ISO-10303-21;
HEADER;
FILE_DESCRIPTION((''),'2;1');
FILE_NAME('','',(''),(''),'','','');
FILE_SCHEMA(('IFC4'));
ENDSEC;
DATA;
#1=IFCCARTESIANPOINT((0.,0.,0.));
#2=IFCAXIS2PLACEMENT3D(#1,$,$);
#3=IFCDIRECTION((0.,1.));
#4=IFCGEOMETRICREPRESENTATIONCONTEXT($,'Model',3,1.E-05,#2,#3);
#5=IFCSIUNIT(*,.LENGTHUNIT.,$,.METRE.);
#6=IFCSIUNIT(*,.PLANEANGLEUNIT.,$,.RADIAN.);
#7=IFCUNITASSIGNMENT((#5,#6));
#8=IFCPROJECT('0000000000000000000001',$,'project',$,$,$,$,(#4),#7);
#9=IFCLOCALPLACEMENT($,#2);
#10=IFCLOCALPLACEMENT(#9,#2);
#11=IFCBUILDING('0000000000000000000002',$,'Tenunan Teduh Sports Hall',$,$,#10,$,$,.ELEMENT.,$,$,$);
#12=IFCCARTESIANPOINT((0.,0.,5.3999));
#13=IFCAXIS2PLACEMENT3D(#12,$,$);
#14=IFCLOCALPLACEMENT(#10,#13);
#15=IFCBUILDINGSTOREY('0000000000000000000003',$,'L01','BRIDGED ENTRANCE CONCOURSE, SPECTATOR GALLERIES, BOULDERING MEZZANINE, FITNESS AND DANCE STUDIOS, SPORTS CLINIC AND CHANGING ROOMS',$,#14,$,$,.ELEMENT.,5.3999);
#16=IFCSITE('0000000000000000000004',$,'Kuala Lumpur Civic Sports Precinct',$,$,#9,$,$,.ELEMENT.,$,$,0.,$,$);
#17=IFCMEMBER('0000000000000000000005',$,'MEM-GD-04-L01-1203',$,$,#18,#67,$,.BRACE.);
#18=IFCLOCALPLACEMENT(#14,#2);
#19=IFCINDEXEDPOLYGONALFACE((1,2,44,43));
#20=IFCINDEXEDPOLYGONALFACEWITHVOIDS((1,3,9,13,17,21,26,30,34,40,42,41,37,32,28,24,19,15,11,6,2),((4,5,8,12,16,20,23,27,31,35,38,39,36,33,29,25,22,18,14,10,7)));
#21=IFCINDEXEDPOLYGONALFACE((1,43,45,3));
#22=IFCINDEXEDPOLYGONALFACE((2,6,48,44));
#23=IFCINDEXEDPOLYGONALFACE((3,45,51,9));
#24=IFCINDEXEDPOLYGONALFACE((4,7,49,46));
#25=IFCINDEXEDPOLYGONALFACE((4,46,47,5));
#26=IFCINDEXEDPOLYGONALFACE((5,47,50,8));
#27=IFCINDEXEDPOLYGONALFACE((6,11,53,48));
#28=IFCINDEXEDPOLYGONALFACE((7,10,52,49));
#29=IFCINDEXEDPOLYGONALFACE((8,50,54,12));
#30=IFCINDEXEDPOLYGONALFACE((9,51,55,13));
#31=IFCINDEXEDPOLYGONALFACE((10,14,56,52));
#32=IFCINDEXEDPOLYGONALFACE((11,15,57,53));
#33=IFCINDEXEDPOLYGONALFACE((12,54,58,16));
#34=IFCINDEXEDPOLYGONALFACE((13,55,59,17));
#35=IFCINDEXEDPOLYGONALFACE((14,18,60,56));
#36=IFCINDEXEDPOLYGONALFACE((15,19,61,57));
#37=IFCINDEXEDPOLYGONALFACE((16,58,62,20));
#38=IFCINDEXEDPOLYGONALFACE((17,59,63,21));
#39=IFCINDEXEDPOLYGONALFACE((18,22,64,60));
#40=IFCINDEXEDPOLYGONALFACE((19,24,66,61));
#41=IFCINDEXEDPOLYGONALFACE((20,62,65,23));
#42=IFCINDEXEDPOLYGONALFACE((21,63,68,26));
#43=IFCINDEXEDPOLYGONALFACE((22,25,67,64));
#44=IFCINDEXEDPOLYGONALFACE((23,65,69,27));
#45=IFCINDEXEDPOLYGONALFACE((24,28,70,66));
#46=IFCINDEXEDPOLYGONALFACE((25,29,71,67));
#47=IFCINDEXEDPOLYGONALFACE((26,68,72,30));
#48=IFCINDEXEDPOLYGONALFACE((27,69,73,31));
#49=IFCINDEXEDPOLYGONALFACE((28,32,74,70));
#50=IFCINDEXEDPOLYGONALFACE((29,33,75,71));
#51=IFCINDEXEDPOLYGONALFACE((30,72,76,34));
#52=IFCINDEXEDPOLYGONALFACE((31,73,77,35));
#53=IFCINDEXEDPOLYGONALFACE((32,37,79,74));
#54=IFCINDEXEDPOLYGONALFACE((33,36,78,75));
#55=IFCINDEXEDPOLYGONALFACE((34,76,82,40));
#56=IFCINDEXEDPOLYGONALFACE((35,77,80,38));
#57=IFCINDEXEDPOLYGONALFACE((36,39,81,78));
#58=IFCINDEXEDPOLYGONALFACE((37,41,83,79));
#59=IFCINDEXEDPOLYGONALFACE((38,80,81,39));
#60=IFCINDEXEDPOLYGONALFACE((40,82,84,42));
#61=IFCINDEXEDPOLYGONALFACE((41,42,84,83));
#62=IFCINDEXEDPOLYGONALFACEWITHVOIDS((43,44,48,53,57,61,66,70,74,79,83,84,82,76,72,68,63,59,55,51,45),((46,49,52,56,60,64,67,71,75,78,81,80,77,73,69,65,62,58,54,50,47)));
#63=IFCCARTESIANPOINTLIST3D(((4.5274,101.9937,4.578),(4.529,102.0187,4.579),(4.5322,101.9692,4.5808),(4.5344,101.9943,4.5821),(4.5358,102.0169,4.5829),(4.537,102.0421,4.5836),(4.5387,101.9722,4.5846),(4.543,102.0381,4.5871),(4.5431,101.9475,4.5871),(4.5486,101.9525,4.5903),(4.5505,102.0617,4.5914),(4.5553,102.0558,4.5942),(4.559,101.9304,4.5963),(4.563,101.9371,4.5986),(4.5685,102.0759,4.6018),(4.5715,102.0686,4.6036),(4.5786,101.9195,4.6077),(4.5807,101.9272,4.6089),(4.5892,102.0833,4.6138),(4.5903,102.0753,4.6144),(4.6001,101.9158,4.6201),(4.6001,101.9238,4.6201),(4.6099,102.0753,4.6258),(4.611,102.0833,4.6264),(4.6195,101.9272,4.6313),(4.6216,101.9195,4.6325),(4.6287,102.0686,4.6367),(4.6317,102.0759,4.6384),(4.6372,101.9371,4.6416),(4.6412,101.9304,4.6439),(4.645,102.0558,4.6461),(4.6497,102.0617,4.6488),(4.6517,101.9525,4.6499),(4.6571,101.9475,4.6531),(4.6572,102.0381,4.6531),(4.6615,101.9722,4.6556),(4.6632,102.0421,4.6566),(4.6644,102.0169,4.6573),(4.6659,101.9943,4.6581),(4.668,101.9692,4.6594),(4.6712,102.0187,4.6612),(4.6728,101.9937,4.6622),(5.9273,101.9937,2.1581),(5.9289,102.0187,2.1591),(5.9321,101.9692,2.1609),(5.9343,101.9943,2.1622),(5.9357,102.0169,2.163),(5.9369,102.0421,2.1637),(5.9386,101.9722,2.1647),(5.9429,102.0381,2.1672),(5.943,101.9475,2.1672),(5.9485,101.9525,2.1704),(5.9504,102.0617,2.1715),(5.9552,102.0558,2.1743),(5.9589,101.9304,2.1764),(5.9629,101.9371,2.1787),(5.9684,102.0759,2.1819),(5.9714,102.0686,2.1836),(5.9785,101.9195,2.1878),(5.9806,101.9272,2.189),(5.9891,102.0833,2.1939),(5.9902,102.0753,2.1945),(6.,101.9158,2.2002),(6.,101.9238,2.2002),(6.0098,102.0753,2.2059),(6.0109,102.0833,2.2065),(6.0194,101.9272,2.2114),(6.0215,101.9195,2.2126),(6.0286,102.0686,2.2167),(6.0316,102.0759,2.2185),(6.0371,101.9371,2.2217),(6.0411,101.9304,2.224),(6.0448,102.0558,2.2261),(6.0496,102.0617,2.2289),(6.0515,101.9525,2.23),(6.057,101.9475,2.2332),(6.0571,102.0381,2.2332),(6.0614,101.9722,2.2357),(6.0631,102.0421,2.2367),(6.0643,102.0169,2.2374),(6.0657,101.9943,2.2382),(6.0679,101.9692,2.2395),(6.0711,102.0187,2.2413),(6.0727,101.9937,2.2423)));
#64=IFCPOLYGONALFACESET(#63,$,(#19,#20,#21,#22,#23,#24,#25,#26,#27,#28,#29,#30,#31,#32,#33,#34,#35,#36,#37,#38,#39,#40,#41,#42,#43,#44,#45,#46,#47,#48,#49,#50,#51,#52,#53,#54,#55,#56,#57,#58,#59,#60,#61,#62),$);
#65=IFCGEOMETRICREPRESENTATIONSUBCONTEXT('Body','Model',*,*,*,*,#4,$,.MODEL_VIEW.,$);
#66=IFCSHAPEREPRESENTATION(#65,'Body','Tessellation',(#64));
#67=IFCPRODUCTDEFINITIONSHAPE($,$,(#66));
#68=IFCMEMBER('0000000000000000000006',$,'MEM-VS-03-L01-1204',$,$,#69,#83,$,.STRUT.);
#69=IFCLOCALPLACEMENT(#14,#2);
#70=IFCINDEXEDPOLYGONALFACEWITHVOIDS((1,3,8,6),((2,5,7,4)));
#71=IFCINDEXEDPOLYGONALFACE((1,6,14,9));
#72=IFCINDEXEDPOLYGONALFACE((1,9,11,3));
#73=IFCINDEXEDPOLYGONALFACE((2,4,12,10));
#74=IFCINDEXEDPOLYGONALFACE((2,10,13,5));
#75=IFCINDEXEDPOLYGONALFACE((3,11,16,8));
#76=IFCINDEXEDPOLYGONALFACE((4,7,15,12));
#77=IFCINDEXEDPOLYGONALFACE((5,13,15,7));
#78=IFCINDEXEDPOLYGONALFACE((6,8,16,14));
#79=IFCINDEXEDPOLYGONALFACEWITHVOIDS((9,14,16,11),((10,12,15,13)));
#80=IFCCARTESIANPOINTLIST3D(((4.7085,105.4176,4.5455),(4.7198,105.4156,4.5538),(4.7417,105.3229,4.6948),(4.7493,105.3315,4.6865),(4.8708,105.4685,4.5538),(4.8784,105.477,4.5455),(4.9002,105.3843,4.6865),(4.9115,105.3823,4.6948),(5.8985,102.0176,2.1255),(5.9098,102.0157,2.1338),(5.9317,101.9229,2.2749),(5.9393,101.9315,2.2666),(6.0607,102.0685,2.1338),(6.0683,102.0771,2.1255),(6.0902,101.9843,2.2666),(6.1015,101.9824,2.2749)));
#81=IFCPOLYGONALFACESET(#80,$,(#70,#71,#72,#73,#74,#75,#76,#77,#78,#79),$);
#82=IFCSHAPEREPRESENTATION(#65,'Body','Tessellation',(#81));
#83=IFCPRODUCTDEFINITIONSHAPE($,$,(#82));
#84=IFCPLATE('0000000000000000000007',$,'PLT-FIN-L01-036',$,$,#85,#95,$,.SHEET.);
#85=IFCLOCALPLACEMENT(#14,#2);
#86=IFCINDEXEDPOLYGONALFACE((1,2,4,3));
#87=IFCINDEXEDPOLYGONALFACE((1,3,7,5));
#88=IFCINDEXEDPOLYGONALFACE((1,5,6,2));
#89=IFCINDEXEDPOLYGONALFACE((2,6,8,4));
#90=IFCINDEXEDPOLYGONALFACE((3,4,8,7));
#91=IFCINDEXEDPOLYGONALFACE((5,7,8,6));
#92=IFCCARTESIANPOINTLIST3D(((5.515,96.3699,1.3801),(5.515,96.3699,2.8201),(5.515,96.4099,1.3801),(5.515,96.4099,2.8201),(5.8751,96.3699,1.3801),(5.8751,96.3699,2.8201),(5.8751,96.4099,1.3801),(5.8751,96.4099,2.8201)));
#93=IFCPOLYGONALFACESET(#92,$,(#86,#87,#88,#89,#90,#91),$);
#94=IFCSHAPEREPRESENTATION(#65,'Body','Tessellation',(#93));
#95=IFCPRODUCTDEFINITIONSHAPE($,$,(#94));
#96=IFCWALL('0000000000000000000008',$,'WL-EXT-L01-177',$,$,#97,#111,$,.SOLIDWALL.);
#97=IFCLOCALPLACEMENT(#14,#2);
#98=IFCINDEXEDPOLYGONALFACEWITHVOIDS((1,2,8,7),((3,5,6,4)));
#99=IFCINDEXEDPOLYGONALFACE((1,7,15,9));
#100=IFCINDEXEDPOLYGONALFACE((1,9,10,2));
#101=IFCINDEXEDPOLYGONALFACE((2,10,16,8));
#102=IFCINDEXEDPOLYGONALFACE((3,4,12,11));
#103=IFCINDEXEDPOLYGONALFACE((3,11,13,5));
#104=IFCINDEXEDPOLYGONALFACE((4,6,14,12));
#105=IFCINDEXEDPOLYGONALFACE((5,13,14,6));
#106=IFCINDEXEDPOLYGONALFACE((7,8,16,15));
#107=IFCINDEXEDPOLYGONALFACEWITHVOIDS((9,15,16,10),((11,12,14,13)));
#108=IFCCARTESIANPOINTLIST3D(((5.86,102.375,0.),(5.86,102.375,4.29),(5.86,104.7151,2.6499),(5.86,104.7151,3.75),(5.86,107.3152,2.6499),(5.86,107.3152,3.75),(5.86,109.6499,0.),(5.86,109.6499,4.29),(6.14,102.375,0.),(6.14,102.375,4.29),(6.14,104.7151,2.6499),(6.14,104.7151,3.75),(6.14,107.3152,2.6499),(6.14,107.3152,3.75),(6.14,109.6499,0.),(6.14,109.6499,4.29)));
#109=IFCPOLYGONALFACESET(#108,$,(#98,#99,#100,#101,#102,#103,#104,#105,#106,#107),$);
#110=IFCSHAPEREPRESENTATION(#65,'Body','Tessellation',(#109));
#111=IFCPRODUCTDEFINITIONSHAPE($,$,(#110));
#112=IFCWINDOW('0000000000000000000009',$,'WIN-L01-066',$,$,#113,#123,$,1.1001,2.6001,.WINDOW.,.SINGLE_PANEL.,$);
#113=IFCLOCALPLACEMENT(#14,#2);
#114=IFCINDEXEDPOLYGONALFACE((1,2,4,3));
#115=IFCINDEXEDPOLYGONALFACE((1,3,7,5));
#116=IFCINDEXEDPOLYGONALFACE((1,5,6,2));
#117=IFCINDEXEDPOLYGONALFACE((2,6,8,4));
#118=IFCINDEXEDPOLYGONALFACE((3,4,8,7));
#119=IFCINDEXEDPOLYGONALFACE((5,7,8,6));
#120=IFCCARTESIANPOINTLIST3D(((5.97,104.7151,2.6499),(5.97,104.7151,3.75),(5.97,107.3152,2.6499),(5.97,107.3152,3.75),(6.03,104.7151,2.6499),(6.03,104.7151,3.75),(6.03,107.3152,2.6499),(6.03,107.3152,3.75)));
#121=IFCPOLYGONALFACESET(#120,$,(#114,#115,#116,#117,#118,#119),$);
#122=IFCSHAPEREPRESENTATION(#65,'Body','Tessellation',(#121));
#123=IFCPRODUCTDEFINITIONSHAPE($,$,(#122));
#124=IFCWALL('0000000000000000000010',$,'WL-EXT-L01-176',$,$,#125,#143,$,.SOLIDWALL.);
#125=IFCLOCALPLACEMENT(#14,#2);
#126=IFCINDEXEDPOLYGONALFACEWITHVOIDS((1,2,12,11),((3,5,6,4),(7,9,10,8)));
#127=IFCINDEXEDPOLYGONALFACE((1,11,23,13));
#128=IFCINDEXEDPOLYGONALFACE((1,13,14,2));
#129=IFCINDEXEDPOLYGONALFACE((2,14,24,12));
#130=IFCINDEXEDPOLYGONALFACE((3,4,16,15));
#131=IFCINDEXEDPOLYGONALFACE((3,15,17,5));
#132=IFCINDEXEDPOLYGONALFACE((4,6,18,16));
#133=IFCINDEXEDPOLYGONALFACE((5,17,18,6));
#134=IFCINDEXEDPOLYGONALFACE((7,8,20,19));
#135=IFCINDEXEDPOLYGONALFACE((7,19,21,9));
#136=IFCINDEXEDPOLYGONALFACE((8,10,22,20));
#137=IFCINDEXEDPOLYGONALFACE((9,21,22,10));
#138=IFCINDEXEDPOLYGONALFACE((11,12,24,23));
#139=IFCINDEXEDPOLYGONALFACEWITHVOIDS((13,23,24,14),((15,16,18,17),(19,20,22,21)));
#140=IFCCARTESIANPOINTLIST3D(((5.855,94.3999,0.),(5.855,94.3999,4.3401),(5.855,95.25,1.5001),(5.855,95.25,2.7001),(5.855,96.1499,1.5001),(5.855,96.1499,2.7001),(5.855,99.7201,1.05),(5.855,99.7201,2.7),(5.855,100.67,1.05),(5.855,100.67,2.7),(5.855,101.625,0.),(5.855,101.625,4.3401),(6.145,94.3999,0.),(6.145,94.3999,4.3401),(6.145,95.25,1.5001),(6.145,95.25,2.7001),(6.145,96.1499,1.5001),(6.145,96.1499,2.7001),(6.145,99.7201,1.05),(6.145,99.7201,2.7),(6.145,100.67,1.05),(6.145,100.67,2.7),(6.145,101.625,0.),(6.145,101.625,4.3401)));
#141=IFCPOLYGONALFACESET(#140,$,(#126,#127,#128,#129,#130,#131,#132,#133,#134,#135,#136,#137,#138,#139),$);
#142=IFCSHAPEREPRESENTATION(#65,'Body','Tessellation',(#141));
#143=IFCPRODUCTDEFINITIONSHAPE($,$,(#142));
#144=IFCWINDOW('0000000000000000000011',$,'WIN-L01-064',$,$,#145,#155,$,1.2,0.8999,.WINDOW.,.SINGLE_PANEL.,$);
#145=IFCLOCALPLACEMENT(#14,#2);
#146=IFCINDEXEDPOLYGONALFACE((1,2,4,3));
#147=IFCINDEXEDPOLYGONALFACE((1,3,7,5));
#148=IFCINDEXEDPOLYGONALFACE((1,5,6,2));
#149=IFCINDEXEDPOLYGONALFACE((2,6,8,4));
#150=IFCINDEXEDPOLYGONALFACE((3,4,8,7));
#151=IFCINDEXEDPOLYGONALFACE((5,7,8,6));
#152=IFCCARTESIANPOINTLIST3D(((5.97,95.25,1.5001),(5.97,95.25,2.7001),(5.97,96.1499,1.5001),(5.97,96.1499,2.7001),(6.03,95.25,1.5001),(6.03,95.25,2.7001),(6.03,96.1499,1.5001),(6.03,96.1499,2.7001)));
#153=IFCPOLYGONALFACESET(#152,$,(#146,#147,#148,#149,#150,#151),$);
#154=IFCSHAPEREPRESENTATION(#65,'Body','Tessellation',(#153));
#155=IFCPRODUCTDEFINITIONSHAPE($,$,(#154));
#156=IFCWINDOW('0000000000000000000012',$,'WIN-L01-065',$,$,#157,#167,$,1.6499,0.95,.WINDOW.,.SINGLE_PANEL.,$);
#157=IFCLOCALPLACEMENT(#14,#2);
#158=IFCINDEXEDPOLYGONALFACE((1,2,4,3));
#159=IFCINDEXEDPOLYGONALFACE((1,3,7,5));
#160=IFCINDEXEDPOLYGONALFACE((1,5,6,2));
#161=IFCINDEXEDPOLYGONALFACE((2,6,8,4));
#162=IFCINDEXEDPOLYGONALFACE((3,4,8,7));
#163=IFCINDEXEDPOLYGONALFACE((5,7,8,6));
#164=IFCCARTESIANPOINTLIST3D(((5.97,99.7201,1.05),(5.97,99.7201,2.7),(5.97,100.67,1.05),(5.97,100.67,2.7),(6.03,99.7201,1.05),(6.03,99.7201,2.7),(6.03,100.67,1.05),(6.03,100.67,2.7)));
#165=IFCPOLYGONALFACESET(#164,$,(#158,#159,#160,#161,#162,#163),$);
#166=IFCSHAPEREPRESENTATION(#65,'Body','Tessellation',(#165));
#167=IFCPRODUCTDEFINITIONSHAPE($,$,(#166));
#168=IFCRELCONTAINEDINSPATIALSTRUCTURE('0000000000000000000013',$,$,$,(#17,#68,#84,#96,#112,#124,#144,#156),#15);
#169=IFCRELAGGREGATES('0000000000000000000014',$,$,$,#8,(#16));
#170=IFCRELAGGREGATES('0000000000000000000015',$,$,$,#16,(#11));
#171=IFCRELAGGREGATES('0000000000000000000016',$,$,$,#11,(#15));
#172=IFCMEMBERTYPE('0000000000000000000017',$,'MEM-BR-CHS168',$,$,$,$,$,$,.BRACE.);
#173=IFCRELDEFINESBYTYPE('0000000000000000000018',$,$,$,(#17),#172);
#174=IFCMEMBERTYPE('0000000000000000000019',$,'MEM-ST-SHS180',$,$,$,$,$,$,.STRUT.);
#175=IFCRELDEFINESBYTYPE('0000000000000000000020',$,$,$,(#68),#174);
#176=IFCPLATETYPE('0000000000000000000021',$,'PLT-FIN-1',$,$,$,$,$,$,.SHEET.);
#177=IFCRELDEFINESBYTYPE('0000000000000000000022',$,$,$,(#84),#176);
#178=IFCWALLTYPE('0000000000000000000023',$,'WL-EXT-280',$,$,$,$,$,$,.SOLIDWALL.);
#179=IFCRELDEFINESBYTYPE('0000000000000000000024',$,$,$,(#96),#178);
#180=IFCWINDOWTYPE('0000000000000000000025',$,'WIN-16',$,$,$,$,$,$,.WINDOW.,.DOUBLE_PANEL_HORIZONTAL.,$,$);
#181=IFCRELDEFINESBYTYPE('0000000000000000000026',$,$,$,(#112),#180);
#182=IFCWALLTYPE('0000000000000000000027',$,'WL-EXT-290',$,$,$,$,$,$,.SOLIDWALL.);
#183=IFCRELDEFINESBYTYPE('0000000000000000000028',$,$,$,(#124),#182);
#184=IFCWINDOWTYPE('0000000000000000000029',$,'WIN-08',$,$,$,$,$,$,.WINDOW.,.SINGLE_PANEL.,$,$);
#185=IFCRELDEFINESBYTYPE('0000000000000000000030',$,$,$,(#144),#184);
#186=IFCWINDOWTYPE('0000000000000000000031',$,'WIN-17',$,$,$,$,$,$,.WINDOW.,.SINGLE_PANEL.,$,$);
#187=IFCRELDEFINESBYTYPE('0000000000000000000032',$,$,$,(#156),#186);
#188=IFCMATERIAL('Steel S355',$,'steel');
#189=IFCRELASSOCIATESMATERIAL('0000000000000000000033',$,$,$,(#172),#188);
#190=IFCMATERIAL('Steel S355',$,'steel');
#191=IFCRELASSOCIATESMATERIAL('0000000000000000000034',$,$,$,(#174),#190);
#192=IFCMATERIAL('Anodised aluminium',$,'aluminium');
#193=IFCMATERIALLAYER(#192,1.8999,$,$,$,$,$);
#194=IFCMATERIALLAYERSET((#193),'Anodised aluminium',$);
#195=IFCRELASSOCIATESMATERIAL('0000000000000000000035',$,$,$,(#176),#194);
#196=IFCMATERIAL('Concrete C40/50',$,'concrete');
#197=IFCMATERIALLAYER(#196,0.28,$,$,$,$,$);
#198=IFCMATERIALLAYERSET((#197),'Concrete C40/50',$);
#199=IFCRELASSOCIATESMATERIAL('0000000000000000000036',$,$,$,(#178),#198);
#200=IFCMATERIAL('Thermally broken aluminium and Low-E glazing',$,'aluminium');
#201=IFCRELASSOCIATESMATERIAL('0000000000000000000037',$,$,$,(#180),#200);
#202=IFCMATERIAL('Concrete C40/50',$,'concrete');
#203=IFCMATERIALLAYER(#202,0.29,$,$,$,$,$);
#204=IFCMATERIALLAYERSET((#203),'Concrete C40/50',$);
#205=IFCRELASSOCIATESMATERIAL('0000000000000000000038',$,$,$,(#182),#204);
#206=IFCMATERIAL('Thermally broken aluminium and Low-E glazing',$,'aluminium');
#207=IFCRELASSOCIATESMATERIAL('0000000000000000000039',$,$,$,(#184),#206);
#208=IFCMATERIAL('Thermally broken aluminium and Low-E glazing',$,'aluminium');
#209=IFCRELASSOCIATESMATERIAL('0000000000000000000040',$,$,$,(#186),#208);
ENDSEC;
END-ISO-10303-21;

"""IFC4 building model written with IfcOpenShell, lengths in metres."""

from ifc_helpers import new_model, si_unit, direction, frame, frame_2d, origin, origin_2d, place, context, subcontext, project, spatial, rectangle, hollow_rectangle, hollow_circle, extrude, material, layer, layer_set, material_profile, profile_set, type_object, element, fill, save


model = new_model("IFC4")

# Units and contexts
model_context = context("Model", 3, precision=1e-05, world=origin(), true_north=direction((0.0, 1.0)))
body_context = subcontext(model_context, "Body", "Model", "MODEL_VIEW")
ifc_project = project(units=[si_unit("LENGTHUNIT", "METRE"), si_unit("PLANEANGLEUNIT", "RADIAN")], contexts=[model_context])

# Site, building, storey
site_placement = place(None, origin())
site = spatial("IfcSite", under=ifc_project, at=site_placement, Name="Kuala Lumpur Civic Sports Precinct", CompositionType="ELEMENT", RefElevation=0.0)
building_placement = place(site_placement, origin())
building = spatial("IfcBuilding", under=site, at=building_placement, Name="Tenunan Teduh Sports Hall", CompositionType="ELEMENT")
storey_placement = place(building_placement, frame((0.0, 0.0, 5.3999)))
storey = spatial("IfcBuildingStorey", under=building, at=storey_placement, Name="L01", Description="BRIDGED ENTRANCE CONCOURSE, SPECTATOR GALLERIES, BOULDERING MEZZANINE, FITNESS AND DANCE STUDIOS, SPORTS CLINIC AND CHANGING ROOMS", CompositionType="ELEMENT", Elevation=5.3999)

# Members
ifc_material_1 = material(Name="Steel S355", Category="steel")
ifc_material_profile_1 = material_profile(ifc_material_1, hollow_circle(Radius=0.0842, WallThickness=0.0081, at=origin_2d()), Name="CHS 168.3x8.0")
ifc_profile_set_1 = profile_set([ifc_material_profile_1], Name="Steel S355")
member_type_1 = type_object("IfcMemberType", Name="MEM-BR-CHS168", PredefinedType="BRACE", material=ifc_profile_set_1)
member_1_placement = place(storey_placement, frame((6.0, 102.0, 2.2002), z_axis=(-0.50074, 0.0, 0.865598), x_axis=(0.0, -1.0, 0.0)))
element("IfcMember", 1, at=member_1_placement, inside=storey, type_object=member_type_1, Name="MEM-GD-04-L01-1203", PredefinedType="BRACE", context=body_context, shape_type="SweptSolid", body=[
    extrude(hollow_circle(Radius=0.0842, WallThickness=0.0081, at=origin_2d()), origin(), (0.0, 0.0, 1.0), 2.7957),
])
ifc_material_2 = material(Name="Steel S355", Category="steel")
ifc_material_profile_2 = material_profile(ifc_material_2, hollow_rectangle(XDim=0.1799, YDim=0.1799, WallThickness=0.01, at=origin_2d()), Name="SHS 180x180x10.0")
ifc_profile_set_2 = profile_set([ifc_material_profile_2], Name="Steel S355")
member_type_2 = type_object("IfcMemberType", Name="MEM-ST-SHS180", PredefinedType="STRUT", material=ifc_profile_set_2)
member_2_placement = place(storey_placement, frame((6.0, 102.0, 2.2002), z_axis=(-0.274211, 0.783477, 0.557649), x_axis=(-0.94386, -0.330344, 0.0)))
element("IfcMember", 2, at=member_2_placement, inside=storey, type_object=member_type_2, Name="MEM-VS-03-L01-1204", PredefinedType="STRUT", context=body_context, shape_type="SweptSolid", body=[
    extrude(hollow_rectangle(XDim=0.1799, YDim=0.1799, WallThickness=0.01, at=origin_2d()), origin(), (0.0, 0.0, 1.0), 4.3396),
])

# Plate
ifc_material_3 = material(Name="Anodised aluminium", Category="aluminium")
ifc_layer_1 = layer(ifc_material_3, 1.8999)
ifc_layer_set_1 = layer_set([ifc_layer_1], Name="Anodised aluminium")
plate_type = type_object("IfcPlateType", Name="PLT-FIN-1", PredefinedType="SHEET", material=ifc_layer_set_1)
plate_placement = place(storey_placement, frame((5.6951, 96.3899, 1.3801), z_axis=(0.0, 0.0, 1.0), x_axis=(0.0, 1.0, 0.0)))
element("IfcPlate", 3, at=plate_placement, inside=storey, type_object=plate_type, Name="PLT-FIN-L01-036", PredefinedType="SHEET", context=body_context, shape_type="SweptSolid", body=[
    extrude(rectangle(XDim=0.04, YDim=0.3601, at=origin_2d()), origin(), (0.0, 0.0, 1.0), 1.4399),
])

# Wall, opening, window
ifc_material_4 = material(Name="Concrete C40/50", Category="concrete")
ifc_layer_2 = layer(ifc_material_4, 0.28)
ifc_layer_set_2 = layer_set([ifc_layer_2], Name="Concrete C40/50")
wall_type_1 = type_object("IfcWallType", Name="WL-EXT-280", PredefinedType="SOLIDWALL", material=ifc_layer_set_2)
wall_1_placement = place(storey_placement, frame((6.0, 102.375, 0.0), z_axis=(0.0, 0.0, 1.0), x_axis=(0.0, 1.0, 0.0)))
wall_1 = element("IfcWall", 4, at=wall_1_placement, inside=storey, type_object=wall_type_1, Name="WL-EXT-L01-177", PredefinedType="SOLIDWALL", context=body_context, shape_type="SweptSolid", body=[
    extrude(rectangle(XDim=7.2749, YDim=0.28, at=frame_2d((3.6375, 0.0))), origin(), (0.0, 0.0, 1.0), 4.29),
])
opening_1_placement = place(wall_1_placement, frame((2.3401, 0.0, 2.6499)))
opening_1 = element("IfcOpeningElement", 5, at=opening_1_placement, cuts=wall_1, PredefinedType="OPENING", context=body_context, shape_type="SweptSolid", body=[
    extrude(rectangle(XDim=2.6001, YDim=1.1001, at=frame_2d((1.3, 0.55))), frame((0.0, 0.1499, 0.0), z_axis=(0.0, -1.0, 0.0), x_axis=(1.0, 0.0, 0.0)), (0.0, 0.0, 1.0), 0.3),
])
ifc_material_5 = material(Name="Thermally broken aluminium and Low-E glazing", Category="aluminium")
window_type_1 = type_object("IfcWindowType", Name="WIN-16", PartitioningType="DOUBLE_PANEL_HORIZONTAL", PredefinedType="WINDOW", material=ifc_material_5)
window_1_placement = place(opening_1_placement, origin())
window_1 = element("IfcWindow", 6, at=window_1_placement, inside=storey, type_object=window_type_1, Name="WIN-L01-066", OverallHeight=1.1001, OverallWidth=2.6001, PartitioningType="SINGLE_PANEL", PredefinedType="WINDOW", context=body_context, shape_type="SweptSolid", body=[
    extrude(rectangle(XDim=2.6001, YDim=1.1001, at=frame_2d((1.3, 0.55))), frame((0.0, 0.03, 0.0), z_axis=(0.0, -1.0, 0.0), x_axis=(1.0, 0.0, 0.0)), (0.0, 0.0, 1.0), 0.0601),
])
fill(opening_1, window_1)

# Wall, openings, windows
ifc_material_6 = material(Name="Concrete C40/50", Category="concrete")
ifc_layer_3 = layer(ifc_material_6, 0.29)
ifc_layer_set_3 = layer_set([ifc_layer_3], Name="Concrete C40/50")
wall_type_2 = type_object("IfcWallType", Name="WL-EXT-290", PredefinedType="SOLIDWALL", material=ifc_layer_set_3)
wall_2_placement = place(storey_placement, frame((6.0, 94.3999, 0.0), z_axis=(0.0, 0.0, 1.0), x_axis=(0.0, 1.0, 0.0)))
wall_2 = element("IfcWall", 7, at=wall_2_placement, inside=storey, type_object=wall_type_2, Name="WL-EXT-L01-176", PredefinedType="SOLIDWALL", context=body_context, shape_type="SweptSolid", body=[
    extrude(rectangle(XDim=7.2251, YDim=0.29, at=frame_2d((3.6125, 0.0))), origin(), (0.0, 0.0, 1.0), 4.3401),
])
opening_2_placement = place(wall_2_placement, frame((0.8501, 0.0, 1.5)))
opening_2 = element("IfcOpeningElement", 8, at=opening_2_placement, cuts=wall_2, PredefinedType="OPENING", context=body_context, shape_type="SweptSolid", body=[
    extrude(rectangle(XDim=0.8999, YDim=1.2, at=frame_2d((0.45, 0.6001))), frame((0.0, 0.155, 0.0), z_axis=(0.0, -1.0, 0.0), x_axis=(1.0, 0.0, 0.0)), (0.0, 0.0, 1.0), 0.3101),
])
opening_3_placement = place(wall_2_placement, frame((5.3201, 0.0, 1.05)))
opening_3 = element("IfcOpeningElement", 9, at=opening_3_placement, cuts=wall_2, PredefinedType="OPENING", context=body_context, shape_type="SweptSolid", body=[
    extrude(rectangle(XDim=0.95, YDim=1.6499, at=frame_2d((0.4751, 0.825))), frame((0.0, 0.155, 0.0), z_axis=(0.0, -1.0, 0.0), x_axis=(1.0, 0.0, 0.0)), (0.0, 0.0, 1.0), 0.3101),
])
ifc_material_7 = material(Name="Thermally broken aluminium and Low-E glazing", Category="aluminium")
window_type_2 = type_object("IfcWindowType", Name="WIN-08", PartitioningType="SINGLE_PANEL", PredefinedType="WINDOW", material=ifc_material_7)
window_2_placement = place(opening_2_placement, origin())
window_2 = element("IfcWindow", 10, at=window_2_placement, inside=storey, type_object=window_type_2, Name="WIN-L01-064", OverallHeight=1.2, OverallWidth=0.8999, PartitioningType="SINGLE_PANEL", PredefinedType="WINDOW", context=body_context, shape_type="SweptSolid", body=[
    extrude(rectangle(XDim=0.8999, YDim=1.2, at=frame_2d((0.45, 0.6001))), frame((0.0, 0.03, 0.0), z_axis=(0.0, -1.0, 0.0), x_axis=(1.0, 0.0, 0.0)), (0.0, 0.0, 1.0), 0.0601),
])
fill(opening_2, window_2)
ifc_material_8 = material(Name="Thermally broken aluminium and Low-E glazing", Category="aluminium")
window_type_3 = type_object("IfcWindowType", Name="WIN-17", PartitioningType="SINGLE_PANEL", PredefinedType="WINDOW", material=ifc_material_8)
window_3_placement = place(opening_3_placement, origin())
window_3 = element("IfcWindow", 11, at=window_3_placement, inside=storey, type_object=window_type_3, Name="WIN-L01-065", OverallHeight=1.6499, OverallWidth=0.95, PartitioningType="SINGLE_PANEL", PredefinedType="WINDOW", context=body_context, shape_type="SweptSolid", body=[
    extrude(rectangle(XDim=0.95, YDim=1.6499, at=frame_2d((0.4751, 0.825))), frame((0.0, 0.03, 0.0), z_axis=(0.0, -1.0, 0.0), x_axis=(1.0, 0.0, 0.0)), (0.0, 0.0, 1.0), 0.0601),
])
fill(opening_3, window_3)

save(model, "model.ifc")
